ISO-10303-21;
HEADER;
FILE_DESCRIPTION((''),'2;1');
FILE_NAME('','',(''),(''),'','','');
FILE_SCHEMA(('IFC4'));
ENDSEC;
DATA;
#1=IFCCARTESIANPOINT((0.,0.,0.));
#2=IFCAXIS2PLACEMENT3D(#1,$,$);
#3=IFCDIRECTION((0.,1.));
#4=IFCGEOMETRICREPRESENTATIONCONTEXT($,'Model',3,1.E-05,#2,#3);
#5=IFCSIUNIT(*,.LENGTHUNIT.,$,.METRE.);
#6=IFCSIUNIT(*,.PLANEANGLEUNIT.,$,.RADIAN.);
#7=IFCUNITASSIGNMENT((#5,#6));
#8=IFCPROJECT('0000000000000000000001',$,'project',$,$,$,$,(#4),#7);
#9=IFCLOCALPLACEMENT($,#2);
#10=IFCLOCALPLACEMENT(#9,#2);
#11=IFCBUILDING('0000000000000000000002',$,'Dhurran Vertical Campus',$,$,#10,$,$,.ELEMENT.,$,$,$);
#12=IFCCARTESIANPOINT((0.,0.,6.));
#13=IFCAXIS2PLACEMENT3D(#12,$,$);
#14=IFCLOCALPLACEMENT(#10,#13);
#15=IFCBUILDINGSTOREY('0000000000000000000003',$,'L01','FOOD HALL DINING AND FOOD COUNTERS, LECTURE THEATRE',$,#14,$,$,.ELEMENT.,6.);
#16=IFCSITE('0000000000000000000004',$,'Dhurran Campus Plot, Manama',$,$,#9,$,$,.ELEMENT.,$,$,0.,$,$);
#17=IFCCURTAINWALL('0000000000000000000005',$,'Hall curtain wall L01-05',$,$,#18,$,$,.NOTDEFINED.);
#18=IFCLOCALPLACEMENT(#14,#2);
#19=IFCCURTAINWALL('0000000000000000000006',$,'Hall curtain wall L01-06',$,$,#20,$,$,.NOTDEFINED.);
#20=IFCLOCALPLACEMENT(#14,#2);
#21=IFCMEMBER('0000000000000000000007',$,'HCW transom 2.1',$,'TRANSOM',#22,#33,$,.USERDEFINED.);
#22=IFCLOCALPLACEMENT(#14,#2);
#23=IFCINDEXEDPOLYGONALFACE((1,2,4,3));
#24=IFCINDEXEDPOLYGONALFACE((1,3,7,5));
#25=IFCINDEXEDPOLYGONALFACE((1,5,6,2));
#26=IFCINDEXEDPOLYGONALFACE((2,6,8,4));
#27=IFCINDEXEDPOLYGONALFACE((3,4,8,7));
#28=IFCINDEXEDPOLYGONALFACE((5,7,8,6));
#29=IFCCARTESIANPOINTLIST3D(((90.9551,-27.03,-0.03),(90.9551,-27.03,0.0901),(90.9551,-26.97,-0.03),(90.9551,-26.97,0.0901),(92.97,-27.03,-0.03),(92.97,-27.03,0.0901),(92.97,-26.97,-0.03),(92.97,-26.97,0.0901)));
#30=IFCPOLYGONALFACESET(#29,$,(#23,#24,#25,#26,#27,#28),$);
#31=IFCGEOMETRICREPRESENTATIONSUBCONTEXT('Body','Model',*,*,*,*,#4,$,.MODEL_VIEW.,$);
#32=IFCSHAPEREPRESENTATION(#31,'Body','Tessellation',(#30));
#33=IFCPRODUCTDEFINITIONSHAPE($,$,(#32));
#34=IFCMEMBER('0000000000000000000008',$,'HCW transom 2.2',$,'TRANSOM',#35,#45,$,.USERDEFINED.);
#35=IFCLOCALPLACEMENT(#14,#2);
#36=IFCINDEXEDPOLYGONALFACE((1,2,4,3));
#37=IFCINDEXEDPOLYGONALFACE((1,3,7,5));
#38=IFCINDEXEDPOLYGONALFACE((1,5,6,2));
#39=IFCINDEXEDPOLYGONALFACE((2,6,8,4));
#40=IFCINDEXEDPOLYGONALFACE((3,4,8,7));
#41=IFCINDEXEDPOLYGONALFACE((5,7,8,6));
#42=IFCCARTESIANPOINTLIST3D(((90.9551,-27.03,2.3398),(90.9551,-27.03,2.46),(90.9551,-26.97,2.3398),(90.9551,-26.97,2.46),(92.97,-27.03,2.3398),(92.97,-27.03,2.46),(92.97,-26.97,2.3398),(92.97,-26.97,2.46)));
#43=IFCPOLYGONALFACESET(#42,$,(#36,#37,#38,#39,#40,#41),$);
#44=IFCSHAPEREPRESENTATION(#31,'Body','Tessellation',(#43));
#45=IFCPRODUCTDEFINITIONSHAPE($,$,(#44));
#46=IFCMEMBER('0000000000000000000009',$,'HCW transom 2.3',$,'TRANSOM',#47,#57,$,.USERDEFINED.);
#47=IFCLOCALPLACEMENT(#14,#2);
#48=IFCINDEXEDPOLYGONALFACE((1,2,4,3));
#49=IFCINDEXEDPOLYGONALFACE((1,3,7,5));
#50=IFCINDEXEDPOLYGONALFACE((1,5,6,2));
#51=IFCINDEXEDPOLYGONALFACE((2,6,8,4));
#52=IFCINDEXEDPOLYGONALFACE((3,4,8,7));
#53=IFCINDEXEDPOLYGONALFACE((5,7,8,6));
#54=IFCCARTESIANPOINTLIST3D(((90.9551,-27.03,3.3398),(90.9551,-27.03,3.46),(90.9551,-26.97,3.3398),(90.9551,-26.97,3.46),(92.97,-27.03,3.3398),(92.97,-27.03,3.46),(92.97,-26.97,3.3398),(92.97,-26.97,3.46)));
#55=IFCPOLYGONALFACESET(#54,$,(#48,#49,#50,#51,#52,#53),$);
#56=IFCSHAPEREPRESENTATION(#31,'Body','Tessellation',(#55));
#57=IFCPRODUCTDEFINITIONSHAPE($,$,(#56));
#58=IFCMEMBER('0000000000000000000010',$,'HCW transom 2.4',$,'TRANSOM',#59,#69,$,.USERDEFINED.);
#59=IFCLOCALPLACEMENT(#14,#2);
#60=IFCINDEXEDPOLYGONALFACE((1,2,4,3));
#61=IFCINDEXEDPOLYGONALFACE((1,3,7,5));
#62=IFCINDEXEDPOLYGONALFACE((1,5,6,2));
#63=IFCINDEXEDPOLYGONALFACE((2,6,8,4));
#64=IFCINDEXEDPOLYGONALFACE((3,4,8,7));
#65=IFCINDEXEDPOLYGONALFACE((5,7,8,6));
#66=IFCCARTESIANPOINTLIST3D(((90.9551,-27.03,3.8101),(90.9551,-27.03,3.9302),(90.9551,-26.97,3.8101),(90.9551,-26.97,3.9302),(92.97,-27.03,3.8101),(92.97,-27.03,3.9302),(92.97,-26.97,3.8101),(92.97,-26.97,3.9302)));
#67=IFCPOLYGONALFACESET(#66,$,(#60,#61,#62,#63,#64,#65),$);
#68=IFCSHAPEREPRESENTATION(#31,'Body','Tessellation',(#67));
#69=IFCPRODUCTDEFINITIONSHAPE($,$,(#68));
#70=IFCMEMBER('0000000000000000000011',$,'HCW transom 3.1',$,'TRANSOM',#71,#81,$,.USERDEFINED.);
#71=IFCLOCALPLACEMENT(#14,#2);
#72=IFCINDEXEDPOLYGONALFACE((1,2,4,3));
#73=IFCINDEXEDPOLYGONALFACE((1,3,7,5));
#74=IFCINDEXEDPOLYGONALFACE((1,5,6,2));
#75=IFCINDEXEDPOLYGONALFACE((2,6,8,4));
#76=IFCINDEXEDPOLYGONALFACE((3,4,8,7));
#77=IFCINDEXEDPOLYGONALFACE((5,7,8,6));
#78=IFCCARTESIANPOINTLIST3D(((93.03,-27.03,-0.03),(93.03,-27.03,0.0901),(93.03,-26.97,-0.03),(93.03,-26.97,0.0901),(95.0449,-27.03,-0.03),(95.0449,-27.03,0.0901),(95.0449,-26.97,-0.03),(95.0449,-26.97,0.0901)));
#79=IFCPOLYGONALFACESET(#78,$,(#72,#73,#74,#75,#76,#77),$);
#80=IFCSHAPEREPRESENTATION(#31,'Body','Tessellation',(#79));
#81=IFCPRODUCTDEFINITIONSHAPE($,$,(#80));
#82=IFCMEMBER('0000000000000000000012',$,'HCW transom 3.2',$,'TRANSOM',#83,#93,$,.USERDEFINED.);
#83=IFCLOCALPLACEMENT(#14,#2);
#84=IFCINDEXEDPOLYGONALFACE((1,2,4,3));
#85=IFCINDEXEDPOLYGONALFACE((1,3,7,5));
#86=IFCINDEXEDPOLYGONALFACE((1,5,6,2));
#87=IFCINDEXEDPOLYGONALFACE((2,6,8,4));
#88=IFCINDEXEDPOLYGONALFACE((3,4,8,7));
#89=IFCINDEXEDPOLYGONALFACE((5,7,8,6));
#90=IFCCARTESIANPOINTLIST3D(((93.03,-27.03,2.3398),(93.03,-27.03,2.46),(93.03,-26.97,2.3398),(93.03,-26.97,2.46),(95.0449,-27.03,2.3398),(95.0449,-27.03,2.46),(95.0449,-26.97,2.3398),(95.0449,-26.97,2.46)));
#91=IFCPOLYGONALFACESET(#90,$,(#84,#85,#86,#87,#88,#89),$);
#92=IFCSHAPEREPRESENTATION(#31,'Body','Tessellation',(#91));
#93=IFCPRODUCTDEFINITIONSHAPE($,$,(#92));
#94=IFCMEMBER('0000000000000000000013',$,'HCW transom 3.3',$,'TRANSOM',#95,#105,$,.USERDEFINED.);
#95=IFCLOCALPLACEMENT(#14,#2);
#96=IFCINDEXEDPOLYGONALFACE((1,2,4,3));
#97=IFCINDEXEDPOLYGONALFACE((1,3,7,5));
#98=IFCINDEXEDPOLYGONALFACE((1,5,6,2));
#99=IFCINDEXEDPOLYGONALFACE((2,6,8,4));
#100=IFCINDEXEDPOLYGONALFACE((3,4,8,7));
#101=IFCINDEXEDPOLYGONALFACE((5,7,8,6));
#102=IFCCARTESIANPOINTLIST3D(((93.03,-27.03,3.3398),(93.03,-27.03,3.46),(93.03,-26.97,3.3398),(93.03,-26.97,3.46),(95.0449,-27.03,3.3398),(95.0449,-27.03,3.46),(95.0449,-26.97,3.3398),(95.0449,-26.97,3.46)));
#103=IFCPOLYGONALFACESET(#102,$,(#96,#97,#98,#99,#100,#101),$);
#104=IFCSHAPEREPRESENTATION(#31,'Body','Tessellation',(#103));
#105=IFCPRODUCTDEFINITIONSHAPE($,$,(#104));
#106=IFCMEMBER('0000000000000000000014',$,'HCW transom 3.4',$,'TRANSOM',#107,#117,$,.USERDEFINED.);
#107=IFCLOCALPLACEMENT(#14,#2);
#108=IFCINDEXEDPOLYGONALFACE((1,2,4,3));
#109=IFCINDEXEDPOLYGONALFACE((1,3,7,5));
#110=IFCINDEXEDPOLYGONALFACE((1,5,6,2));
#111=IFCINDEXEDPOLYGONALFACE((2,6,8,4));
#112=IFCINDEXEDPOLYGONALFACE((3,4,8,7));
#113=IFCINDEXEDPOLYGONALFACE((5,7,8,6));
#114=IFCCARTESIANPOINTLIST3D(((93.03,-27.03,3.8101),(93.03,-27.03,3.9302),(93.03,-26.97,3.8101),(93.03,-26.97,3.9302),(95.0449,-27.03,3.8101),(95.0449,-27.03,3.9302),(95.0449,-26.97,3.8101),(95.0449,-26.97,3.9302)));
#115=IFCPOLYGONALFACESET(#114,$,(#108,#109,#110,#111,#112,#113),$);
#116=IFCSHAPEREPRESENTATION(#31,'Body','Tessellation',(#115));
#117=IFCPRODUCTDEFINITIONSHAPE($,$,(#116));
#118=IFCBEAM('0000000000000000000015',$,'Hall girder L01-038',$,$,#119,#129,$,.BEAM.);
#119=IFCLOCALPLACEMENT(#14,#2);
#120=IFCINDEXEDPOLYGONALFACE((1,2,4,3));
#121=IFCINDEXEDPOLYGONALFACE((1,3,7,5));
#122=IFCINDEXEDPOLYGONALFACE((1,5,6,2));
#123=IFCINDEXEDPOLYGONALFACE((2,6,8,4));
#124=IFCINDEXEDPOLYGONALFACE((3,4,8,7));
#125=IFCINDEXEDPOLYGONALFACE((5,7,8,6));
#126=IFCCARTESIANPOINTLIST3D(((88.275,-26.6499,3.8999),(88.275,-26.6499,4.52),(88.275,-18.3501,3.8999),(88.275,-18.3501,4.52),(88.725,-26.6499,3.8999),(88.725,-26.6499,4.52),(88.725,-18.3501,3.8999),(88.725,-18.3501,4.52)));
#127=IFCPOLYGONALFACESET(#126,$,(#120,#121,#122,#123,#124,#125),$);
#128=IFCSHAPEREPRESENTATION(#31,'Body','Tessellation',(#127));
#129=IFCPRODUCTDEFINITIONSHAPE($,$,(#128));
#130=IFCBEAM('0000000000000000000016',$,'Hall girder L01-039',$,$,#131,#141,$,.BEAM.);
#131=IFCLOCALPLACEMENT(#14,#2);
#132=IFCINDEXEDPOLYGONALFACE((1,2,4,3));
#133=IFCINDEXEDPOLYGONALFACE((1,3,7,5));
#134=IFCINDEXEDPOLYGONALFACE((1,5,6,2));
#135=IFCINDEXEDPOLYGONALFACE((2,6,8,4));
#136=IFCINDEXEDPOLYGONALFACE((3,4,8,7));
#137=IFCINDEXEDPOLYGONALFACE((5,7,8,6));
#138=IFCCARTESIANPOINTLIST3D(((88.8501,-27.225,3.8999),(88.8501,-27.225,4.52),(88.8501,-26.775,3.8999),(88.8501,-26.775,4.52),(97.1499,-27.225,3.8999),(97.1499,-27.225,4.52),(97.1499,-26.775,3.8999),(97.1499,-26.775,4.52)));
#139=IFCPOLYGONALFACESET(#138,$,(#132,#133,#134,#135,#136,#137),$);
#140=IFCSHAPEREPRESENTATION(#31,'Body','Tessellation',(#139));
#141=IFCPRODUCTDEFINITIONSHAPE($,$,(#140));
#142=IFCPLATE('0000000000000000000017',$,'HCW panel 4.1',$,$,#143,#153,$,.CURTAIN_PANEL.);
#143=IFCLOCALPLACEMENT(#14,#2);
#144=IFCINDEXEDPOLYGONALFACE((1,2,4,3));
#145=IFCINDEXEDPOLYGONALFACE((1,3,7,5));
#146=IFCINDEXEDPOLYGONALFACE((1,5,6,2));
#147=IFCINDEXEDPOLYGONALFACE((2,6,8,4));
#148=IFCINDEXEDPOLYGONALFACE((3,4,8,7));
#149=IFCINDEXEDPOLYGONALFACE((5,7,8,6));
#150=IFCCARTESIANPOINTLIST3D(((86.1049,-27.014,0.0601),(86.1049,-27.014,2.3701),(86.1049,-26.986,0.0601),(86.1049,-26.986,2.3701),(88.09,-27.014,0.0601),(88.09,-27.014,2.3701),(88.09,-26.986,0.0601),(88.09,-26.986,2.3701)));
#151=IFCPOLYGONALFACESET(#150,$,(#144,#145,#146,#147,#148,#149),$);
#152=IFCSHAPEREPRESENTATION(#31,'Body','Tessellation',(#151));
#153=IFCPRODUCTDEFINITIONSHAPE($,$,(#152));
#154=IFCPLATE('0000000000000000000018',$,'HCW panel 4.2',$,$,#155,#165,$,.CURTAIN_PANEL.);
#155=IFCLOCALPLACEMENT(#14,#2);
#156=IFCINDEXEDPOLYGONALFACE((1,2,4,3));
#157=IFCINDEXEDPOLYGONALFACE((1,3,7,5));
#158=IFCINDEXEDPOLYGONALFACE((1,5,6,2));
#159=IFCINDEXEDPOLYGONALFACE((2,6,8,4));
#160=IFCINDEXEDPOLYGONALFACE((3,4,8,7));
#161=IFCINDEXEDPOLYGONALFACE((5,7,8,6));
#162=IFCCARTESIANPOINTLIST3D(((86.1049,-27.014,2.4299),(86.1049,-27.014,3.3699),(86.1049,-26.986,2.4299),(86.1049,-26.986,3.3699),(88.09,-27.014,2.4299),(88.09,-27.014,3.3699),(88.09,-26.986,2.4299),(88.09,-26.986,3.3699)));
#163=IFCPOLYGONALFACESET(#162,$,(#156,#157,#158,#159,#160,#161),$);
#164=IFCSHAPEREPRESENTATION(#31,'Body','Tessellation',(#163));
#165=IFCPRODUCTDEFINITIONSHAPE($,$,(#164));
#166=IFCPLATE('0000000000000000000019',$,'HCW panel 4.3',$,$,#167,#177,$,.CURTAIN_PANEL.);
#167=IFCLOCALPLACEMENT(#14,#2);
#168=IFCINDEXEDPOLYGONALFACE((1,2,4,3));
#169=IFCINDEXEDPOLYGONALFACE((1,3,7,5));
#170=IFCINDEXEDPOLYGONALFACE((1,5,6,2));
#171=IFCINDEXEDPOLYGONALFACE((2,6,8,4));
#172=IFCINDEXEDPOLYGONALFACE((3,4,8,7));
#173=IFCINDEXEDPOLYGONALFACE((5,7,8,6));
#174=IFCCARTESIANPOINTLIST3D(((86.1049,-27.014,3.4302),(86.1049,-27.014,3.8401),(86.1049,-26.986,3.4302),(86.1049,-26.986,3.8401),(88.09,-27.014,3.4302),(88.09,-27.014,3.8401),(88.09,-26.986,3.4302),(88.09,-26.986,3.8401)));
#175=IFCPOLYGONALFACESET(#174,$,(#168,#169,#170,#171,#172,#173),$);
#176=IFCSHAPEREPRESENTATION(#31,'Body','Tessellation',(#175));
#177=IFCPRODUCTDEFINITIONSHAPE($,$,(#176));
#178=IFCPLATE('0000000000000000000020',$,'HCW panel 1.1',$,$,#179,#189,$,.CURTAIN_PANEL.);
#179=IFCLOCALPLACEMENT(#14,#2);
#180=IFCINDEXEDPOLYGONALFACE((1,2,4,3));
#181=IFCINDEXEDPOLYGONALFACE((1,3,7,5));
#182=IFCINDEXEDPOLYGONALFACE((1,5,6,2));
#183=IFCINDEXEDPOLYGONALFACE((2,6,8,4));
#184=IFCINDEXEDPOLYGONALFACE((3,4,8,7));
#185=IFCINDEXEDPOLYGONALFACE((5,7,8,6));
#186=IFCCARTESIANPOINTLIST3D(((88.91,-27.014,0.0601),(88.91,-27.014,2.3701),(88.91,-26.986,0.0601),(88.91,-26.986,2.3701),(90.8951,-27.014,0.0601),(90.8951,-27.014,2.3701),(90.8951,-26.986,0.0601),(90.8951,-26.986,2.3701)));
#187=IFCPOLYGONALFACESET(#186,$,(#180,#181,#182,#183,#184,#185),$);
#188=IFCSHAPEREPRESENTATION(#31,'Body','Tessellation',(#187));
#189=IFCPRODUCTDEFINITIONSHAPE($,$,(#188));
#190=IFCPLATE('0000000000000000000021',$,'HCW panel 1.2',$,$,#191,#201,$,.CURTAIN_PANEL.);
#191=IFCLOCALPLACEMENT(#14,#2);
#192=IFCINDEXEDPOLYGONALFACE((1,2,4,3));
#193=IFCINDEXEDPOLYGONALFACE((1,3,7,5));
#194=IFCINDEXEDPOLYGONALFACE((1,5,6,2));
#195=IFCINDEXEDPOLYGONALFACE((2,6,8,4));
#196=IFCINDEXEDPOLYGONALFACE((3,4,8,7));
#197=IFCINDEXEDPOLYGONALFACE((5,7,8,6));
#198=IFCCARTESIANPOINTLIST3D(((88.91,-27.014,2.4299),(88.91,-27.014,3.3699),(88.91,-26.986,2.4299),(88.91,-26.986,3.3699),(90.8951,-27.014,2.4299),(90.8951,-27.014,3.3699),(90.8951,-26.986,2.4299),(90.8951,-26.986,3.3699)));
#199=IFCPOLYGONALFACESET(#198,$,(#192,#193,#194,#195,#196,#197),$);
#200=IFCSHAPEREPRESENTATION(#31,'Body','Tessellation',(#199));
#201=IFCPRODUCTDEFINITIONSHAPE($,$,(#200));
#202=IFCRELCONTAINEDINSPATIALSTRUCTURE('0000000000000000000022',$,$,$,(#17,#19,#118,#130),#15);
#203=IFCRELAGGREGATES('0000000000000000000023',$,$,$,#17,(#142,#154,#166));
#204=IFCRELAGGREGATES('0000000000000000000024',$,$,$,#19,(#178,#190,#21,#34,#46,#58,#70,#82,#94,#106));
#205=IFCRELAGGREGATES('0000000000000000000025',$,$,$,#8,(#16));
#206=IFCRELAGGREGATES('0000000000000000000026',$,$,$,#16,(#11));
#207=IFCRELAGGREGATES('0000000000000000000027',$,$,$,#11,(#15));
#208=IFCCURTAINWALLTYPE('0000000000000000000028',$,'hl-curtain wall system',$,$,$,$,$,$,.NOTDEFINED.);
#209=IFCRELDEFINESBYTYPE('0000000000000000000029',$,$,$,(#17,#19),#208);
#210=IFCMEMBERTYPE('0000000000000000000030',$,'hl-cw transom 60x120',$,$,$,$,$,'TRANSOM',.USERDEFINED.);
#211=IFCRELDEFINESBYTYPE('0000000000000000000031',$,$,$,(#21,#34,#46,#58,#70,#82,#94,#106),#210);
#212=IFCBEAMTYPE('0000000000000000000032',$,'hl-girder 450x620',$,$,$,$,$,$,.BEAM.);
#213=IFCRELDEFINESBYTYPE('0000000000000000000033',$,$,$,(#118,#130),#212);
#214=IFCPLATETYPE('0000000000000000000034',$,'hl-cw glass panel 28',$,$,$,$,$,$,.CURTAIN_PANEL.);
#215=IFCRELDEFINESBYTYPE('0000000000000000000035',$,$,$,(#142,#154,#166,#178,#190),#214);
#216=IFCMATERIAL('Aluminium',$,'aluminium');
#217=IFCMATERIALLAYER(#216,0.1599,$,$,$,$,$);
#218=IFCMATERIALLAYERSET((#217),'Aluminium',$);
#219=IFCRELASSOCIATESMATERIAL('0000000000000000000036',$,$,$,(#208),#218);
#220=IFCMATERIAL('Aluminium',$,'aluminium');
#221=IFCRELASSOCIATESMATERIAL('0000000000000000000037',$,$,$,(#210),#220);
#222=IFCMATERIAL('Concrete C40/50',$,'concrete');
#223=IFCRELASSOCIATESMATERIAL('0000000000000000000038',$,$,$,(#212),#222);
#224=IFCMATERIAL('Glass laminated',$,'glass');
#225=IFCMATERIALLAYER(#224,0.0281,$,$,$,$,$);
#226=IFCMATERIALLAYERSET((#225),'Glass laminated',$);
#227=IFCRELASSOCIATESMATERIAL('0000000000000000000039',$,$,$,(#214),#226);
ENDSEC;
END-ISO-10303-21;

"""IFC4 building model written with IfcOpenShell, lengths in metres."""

from ifc_helpers import new_model, si_unit, direction, frame, origin, origin_2d, place, context, subcontext, project, spatial, rectangle, extrude, material, layer, layer_set, material_profile, profile_set, type_object, element, aggregate, save


model = new_model("IFC4")

# Units and contexts
model_context = context("Model", 3, precision=1e-05, world=origin(), true_north=direction((0.0, 1.0)))
body_context = subcontext(model_context, "Body", "Model", "MODEL_VIEW")
ifc_project = project(units=[si_unit("LENGTHUNIT", "METRE"), si_unit("PLANEANGLEUNIT", "RADIAN")], contexts=[model_context])

# Site, building, storey
site_placement = place(None, origin())
site = spatial("IfcSite", under=ifc_project, at=site_placement, Name="Dhurran Campus Plot, Manama", CompositionType="ELEMENT", RefElevation=0.0)
building_placement = place(site_placement, origin())
building = spatial("IfcBuilding", under=site, at=building_placement, Name="Dhurran Vertical Campus", CompositionType="ELEMENT")
storey_placement = place(building_placement, frame((0.0, 0.0, 6.0)))
storey = spatial("IfcBuildingStorey", under=building, at=storey_placement, Name="L01", Description="FOOD HALL DINING AND FOOD COUNTERS, LECTURE THEATRE", CompositionType="ELEMENT", Elevation=6.0)

# Curtain walls
ifc_material_1 = material(Name="Aluminium", Category="aluminium")
ifc_layer_1 = layer(ifc_material_1, 0.1599)
ifc_layer_set_1 = layer_set([ifc_layer_1], Name="Aluminium")
curtain_wall_type = type_object("IfcCurtainWallType", Name="hl-curtain wall system", PredefinedType="NOTDEFINED", material=ifc_layer_set_1)
curtain_wall_1_placement = place(storey_placement, origin())
curtain_wall_1 = element("IfcCurtainWall", 1, at=curtain_wall_1_placement, inside=storey, type_object=curtain_wall_type, Name="Hall curtain wall L01-05", PredefinedType="NOTDEFINED")
curtain_wall_2_placement = place(storey_placement, origin())
curtain_wall_2 = element("IfcCurtainWall", 2, at=curtain_wall_2_placement, inside=storey, type_object=curtain_wall_type, Name="Hall curtain wall L01-06", PredefinedType="NOTDEFINED")

# Members
ifc_material_2 = material(Name="Aluminium", Category="aluminium")
ifc_material_profile_1 = material_profile(ifc_material_2, rectangle(XDim=0.0601, YDim=0.1201, at=origin_2d()), Name="hl-cw transom 60x120")
ifc_profile_set_1 = profile_set([ifc_material_profile_1], Name="Aluminium")
member_type_1 = type_object("IfcMemberType", Name="hl-cw transom 60x120", ElementType="TRANSOM", PredefinedType="USERDEFINED", material=ifc_profile_set_1)
member_1_placement = place(storey_placement, frame((90.9551, -27.0, 0.03), z_axis=(1.0, 0.0, 0.0), x_axis=(0.0, 1.0, 0.0)))
member_1 = element("IfcMember", 3, at=member_1_placement, type_object=member_type_1, Name="HCW transom 2.1", ObjectType="TRANSOM", PredefinedType="USERDEFINED", context=body_context, shape_type="SweptSolid", body=[
    extrude(rectangle(XDim=0.0601, YDim=0.1201, at=origin_2d()), origin(), (0.0, 0.0, 1.0), 2.0149),
])
member_2_placement = place(storey_placement, frame((90.9551, -27.0, 2.3999), z_axis=(1.0, 0.0, 0.0), x_axis=(0.0, 1.0, 0.0)))
member_2 = element("IfcMember", 4, at=member_2_placement, type_object=member_type_1, Name="HCW transom 2.2", ObjectType="TRANSOM", PredefinedType="USERDEFINED", context=body_context, shape_type="SweptSolid", body=[
    extrude(rectangle(XDim=0.0601, YDim=0.1201, at=origin_2d()), origin(), (0.0, 0.0, 1.0), 2.0149),
])
member_3_placement = place(storey_placement, frame((90.9551, -27.0, 3.3999), z_axis=(1.0, 0.0, 0.0), x_axis=(0.0, 1.0, 0.0)))
member_3 = element("IfcMember", 5, at=member_3_placement, type_object=member_type_1, Name="HCW transom 2.3", ObjectType="TRANSOM", PredefinedType="USERDEFINED", context=body_context, shape_type="SweptSolid", body=[
    extrude(rectangle(XDim=0.0601, YDim=0.1201, at=origin_2d()), origin(), (0.0, 0.0, 1.0), 2.0149),
])
member_4_placement = place(storey_placement, frame((90.9551, -27.0, 3.8701), z_axis=(1.0, 0.0, 0.0), x_axis=(0.0, 1.0, 0.0)))
member_4 = element("IfcMember", 6, at=member_4_placement, type_object=member_type_1, Name="HCW transom 2.4", ObjectType="TRANSOM", PredefinedType="USERDEFINED", context=body_context, shape_type="SweptSolid", body=[
    extrude(rectangle(XDim=0.0601, YDim=0.1201, at=origin_2d()), origin(), (0.0, 0.0, 1.0), 2.0149),
])
member_5_placement = place(storey_placement, frame((93.03, -27.0, 0.03), z_axis=(1.0, 0.0, 0.0), x_axis=(0.0, 1.0, 0.0)))
member_5 = element("IfcMember", 7, at=member_5_placement, type_object=member_type_1, Name="HCW transom 3.1", ObjectType="TRANSOM", PredefinedType="USERDEFINED", context=body_context, shape_type="SweptSolid", body=[
    extrude(rectangle(XDim=0.0601, YDim=0.1201, at=origin_2d()), origin(), (0.0, 0.0, 1.0), 2.0149),
])
member_6_placement = place(storey_placement, frame((93.03, -27.0, 2.3999), z_axis=(1.0, 0.0, 0.0), x_axis=(0.0, 1.0, 0.0)))
member_6 = element("IfcMember", 8, at=member_6_placement, type_object=member_type_1, Name="HCW transom 3.2", ObjectType="TRANSOM", PredefinedType="USERDEFINED", context=body_context, shape_type="SweptSolid", body=[
    extrude(rectangle(XDim=0.0601, YDim=0.1201, at=origin_2d()), origin(), (0.0, 0.0, 1.0), 2.0149),
])
member_7_placement = place(storey_placement, frame((93.03, -27.0, 3.3999), z_axis=(1.0, 0.0, 0.0), x_axis=(0.0, 1.0, 0.0)))
member_7 = element("IfcMember", 9, at=member_7_placement, type_object=member_type_1, Name="HCW transom 3.3", ObjectType="TRANSOM", PredefinedType="USERDEFINED", context=body_context, shape_type="SweptSolid", body=[
    extrude(rectangle(XDim=0.0601, YDim=0.1201, at=origin_2d()), origin(), (0.0, 0.0, 1.0), 2.0149),
])
member_8_placement = place(storey_placement, frame((93.03, -27.0, 3.8701), z_axis=(1.0, 0.0, 0.0), x_axis=(0.0, 1.0, 0.0)))
member_8 = element("IfcMember", 10, at=member_8_placement, type_object=member_type_1, Name="HCW transom 3.4", ObjectType="TRANSOM", PredefinedType="USERDEFINED", context=body_context, shape_type="SweptSolid", body=[
    extrude(rectangle(XDim=0.0601, YDim=0.1201, at=origin_2d()), origin(), (0.0, 0.0, 1.0), 2.0149),
])

# Beams
ifc_material_3 = material(Name="Concrete C40/50", Category="concrete")
ifc_material_profile_2 = material_profile(ifc_material_3, rectangle(XDim=0.45, YDim=0.6201, at=origin_2d()), Name="hl-girder 450x620")
ifc_profile_set_2 = profile_set([ifc_material_profile_2], Name="Concrete C40/50")
beam_type = type_object("IfcBeamType", Name="hl-girder 450x620", PredefinedType="BEAM", material=ifc_profile_set_2)
for number, where, z_axis, x_axis, name in (
    (11, (88.5, -26.6499, 4.21), (0.0, 1.0, 0.0), (-1.0, 0.0, 0.0), "Hall girder L01-038"),
    (12, (88.8501, -27.0, 4.21), (1.0, 0.0, 0.0), (0.0, 1.0, 0.0), "Hall girder L01-039"),
):
    element("IfcBeam", number, at=place(storey_placement, frame(where, z_axis=z_axis, x_axis=x_axis)), inside=storey, type_object=beam_type, Name=name, PredefinedType="BEAM", context=body_context, shape_type="SweptSolid", body=[
        extrude(rectangle(XDim=0.45, YDim=0.6201, at=origin_2d()), origin(), (0.0, 0.0, 1.0), 8.2998),
    ])

# Plates
ifc_material_4 = material(Name="Glass laminated", Category="glass")
ifc_layer_2 = layer(ifc_material_4, 0.0281)
ifc_layer_set_2 = layer_set([ifc_layer_2], Name="Glass laminated")
plate_type = type_object("IfcPlateType", Name="hl-cw glass panel 28", PredefinedType="CURTAIN_PANEL", material=ifc_layer_set_2)
plate_1_placement = place(storey_placement, frame((87.0974, -27.0, 0.0601), z_axis=(0.0, 0.0, 1.0), x_axis=(1.0, 0.0, 0.0)))
plate_1 = element("IfcPlate", 13, at=plate_1_placement, type_object=plate_type, Name="HCW panel 4.1", PredefinedType="CURTAIN_PANEL", context=body_context, shape_type="SweptSolid", body=[
    extrude(rectangle(XDim=1.9851, YDim=0.0281, at=origin_2d()), origin(), (0.0, 0.0, 1.0), 2.3101),
])
plate_2_placement = place(storey_placement, frame((87.0974, -27.0, 2.4299), z_axis=(0.0, 0.0, 1.0), x_axis=(1.0, 0.0, 0.0)))
plate_2 = element("IfcPlate", 14, at=plate_2_placement, type_object=plate_type, Name="HCW panel 4.2", PredefinedType="CURTAIN_PANEL", context=body_context, shape_type="SweptSolid", body=[
    extrude(rectangle(XDim=1.9851, YDim=0.0281, at=origin_2d()), origin(), (0.0, 0.0, 1.0), 0.9399),
])
plate_3_placement = place(storey_placement, frame((87.0974, -27.0, 3.4302), z_axis=(0.0, 0.0, 1.0), x_axis=(1.0, 0.0, 0.0)))
plate_3 = element("IfcPlate", 15, at=plate_3_placement, type_object=plate_type, Name="HCW panel 4.3", PredefinedType="CURTAIN_PANEL", context=body_context, shape_type="SweptSolid", body=[
    extrude(rectangle(XDim=1.9851, YDim=0.0281, at=origin_2d()), origin(), (0.0, 0.0, 1.0), 0.4099),
])
aggregate(curtain_wall_1, [plate_1, plate_2, plate_3])
plate_4_placement = place(storey_placement, frame((89.9026, -27.0, 0.0601), z_axis=(0.0, 0.0, 1.0), x_axis=(1.0, 0.0, 0.0)))
plate_4 = element("IfcPlate", 16, at=plate_4_placement, type_object=plate_type, Name="HCW panel 1.1", PredefinedType="CURTAIN_PANEL", context=body_context, shape_type="SweptSolid", body=[
    extrude(rectangle(XDim=1.9851, YDim=0.0281, at=origin_2d()), origin(), (0.0, 0.0, 1.0), 2.3101),
])
plate_5_placement = place(storey_placement, frame((89.9026, -27.0, 2.4299), z_axis=(0.0, 0.0, 1.0), x_axis=(1.0, 0.0, 0.0)))
plate_5 = element("IfcPlate", 17, at=plate_5_placement, type_object=plate_type, Name="HCW panel 1.2", PredefinedType="CURTAIN_PANEL", context=body_context, shape_type="SweptSolid", body=[
    extrude(rectangle(XDim=1.9851, YDim=0.0281, at=origin_2d()), origin(), (0.0, 0.0, 1.0), 0.9399),
])
aggregate(curtain_wall_2, [plate_4, plate_5, member_1, member_2, member_3, member_4, member_5, member_6, member_7, member_8])

save(model, "model.ifc")
